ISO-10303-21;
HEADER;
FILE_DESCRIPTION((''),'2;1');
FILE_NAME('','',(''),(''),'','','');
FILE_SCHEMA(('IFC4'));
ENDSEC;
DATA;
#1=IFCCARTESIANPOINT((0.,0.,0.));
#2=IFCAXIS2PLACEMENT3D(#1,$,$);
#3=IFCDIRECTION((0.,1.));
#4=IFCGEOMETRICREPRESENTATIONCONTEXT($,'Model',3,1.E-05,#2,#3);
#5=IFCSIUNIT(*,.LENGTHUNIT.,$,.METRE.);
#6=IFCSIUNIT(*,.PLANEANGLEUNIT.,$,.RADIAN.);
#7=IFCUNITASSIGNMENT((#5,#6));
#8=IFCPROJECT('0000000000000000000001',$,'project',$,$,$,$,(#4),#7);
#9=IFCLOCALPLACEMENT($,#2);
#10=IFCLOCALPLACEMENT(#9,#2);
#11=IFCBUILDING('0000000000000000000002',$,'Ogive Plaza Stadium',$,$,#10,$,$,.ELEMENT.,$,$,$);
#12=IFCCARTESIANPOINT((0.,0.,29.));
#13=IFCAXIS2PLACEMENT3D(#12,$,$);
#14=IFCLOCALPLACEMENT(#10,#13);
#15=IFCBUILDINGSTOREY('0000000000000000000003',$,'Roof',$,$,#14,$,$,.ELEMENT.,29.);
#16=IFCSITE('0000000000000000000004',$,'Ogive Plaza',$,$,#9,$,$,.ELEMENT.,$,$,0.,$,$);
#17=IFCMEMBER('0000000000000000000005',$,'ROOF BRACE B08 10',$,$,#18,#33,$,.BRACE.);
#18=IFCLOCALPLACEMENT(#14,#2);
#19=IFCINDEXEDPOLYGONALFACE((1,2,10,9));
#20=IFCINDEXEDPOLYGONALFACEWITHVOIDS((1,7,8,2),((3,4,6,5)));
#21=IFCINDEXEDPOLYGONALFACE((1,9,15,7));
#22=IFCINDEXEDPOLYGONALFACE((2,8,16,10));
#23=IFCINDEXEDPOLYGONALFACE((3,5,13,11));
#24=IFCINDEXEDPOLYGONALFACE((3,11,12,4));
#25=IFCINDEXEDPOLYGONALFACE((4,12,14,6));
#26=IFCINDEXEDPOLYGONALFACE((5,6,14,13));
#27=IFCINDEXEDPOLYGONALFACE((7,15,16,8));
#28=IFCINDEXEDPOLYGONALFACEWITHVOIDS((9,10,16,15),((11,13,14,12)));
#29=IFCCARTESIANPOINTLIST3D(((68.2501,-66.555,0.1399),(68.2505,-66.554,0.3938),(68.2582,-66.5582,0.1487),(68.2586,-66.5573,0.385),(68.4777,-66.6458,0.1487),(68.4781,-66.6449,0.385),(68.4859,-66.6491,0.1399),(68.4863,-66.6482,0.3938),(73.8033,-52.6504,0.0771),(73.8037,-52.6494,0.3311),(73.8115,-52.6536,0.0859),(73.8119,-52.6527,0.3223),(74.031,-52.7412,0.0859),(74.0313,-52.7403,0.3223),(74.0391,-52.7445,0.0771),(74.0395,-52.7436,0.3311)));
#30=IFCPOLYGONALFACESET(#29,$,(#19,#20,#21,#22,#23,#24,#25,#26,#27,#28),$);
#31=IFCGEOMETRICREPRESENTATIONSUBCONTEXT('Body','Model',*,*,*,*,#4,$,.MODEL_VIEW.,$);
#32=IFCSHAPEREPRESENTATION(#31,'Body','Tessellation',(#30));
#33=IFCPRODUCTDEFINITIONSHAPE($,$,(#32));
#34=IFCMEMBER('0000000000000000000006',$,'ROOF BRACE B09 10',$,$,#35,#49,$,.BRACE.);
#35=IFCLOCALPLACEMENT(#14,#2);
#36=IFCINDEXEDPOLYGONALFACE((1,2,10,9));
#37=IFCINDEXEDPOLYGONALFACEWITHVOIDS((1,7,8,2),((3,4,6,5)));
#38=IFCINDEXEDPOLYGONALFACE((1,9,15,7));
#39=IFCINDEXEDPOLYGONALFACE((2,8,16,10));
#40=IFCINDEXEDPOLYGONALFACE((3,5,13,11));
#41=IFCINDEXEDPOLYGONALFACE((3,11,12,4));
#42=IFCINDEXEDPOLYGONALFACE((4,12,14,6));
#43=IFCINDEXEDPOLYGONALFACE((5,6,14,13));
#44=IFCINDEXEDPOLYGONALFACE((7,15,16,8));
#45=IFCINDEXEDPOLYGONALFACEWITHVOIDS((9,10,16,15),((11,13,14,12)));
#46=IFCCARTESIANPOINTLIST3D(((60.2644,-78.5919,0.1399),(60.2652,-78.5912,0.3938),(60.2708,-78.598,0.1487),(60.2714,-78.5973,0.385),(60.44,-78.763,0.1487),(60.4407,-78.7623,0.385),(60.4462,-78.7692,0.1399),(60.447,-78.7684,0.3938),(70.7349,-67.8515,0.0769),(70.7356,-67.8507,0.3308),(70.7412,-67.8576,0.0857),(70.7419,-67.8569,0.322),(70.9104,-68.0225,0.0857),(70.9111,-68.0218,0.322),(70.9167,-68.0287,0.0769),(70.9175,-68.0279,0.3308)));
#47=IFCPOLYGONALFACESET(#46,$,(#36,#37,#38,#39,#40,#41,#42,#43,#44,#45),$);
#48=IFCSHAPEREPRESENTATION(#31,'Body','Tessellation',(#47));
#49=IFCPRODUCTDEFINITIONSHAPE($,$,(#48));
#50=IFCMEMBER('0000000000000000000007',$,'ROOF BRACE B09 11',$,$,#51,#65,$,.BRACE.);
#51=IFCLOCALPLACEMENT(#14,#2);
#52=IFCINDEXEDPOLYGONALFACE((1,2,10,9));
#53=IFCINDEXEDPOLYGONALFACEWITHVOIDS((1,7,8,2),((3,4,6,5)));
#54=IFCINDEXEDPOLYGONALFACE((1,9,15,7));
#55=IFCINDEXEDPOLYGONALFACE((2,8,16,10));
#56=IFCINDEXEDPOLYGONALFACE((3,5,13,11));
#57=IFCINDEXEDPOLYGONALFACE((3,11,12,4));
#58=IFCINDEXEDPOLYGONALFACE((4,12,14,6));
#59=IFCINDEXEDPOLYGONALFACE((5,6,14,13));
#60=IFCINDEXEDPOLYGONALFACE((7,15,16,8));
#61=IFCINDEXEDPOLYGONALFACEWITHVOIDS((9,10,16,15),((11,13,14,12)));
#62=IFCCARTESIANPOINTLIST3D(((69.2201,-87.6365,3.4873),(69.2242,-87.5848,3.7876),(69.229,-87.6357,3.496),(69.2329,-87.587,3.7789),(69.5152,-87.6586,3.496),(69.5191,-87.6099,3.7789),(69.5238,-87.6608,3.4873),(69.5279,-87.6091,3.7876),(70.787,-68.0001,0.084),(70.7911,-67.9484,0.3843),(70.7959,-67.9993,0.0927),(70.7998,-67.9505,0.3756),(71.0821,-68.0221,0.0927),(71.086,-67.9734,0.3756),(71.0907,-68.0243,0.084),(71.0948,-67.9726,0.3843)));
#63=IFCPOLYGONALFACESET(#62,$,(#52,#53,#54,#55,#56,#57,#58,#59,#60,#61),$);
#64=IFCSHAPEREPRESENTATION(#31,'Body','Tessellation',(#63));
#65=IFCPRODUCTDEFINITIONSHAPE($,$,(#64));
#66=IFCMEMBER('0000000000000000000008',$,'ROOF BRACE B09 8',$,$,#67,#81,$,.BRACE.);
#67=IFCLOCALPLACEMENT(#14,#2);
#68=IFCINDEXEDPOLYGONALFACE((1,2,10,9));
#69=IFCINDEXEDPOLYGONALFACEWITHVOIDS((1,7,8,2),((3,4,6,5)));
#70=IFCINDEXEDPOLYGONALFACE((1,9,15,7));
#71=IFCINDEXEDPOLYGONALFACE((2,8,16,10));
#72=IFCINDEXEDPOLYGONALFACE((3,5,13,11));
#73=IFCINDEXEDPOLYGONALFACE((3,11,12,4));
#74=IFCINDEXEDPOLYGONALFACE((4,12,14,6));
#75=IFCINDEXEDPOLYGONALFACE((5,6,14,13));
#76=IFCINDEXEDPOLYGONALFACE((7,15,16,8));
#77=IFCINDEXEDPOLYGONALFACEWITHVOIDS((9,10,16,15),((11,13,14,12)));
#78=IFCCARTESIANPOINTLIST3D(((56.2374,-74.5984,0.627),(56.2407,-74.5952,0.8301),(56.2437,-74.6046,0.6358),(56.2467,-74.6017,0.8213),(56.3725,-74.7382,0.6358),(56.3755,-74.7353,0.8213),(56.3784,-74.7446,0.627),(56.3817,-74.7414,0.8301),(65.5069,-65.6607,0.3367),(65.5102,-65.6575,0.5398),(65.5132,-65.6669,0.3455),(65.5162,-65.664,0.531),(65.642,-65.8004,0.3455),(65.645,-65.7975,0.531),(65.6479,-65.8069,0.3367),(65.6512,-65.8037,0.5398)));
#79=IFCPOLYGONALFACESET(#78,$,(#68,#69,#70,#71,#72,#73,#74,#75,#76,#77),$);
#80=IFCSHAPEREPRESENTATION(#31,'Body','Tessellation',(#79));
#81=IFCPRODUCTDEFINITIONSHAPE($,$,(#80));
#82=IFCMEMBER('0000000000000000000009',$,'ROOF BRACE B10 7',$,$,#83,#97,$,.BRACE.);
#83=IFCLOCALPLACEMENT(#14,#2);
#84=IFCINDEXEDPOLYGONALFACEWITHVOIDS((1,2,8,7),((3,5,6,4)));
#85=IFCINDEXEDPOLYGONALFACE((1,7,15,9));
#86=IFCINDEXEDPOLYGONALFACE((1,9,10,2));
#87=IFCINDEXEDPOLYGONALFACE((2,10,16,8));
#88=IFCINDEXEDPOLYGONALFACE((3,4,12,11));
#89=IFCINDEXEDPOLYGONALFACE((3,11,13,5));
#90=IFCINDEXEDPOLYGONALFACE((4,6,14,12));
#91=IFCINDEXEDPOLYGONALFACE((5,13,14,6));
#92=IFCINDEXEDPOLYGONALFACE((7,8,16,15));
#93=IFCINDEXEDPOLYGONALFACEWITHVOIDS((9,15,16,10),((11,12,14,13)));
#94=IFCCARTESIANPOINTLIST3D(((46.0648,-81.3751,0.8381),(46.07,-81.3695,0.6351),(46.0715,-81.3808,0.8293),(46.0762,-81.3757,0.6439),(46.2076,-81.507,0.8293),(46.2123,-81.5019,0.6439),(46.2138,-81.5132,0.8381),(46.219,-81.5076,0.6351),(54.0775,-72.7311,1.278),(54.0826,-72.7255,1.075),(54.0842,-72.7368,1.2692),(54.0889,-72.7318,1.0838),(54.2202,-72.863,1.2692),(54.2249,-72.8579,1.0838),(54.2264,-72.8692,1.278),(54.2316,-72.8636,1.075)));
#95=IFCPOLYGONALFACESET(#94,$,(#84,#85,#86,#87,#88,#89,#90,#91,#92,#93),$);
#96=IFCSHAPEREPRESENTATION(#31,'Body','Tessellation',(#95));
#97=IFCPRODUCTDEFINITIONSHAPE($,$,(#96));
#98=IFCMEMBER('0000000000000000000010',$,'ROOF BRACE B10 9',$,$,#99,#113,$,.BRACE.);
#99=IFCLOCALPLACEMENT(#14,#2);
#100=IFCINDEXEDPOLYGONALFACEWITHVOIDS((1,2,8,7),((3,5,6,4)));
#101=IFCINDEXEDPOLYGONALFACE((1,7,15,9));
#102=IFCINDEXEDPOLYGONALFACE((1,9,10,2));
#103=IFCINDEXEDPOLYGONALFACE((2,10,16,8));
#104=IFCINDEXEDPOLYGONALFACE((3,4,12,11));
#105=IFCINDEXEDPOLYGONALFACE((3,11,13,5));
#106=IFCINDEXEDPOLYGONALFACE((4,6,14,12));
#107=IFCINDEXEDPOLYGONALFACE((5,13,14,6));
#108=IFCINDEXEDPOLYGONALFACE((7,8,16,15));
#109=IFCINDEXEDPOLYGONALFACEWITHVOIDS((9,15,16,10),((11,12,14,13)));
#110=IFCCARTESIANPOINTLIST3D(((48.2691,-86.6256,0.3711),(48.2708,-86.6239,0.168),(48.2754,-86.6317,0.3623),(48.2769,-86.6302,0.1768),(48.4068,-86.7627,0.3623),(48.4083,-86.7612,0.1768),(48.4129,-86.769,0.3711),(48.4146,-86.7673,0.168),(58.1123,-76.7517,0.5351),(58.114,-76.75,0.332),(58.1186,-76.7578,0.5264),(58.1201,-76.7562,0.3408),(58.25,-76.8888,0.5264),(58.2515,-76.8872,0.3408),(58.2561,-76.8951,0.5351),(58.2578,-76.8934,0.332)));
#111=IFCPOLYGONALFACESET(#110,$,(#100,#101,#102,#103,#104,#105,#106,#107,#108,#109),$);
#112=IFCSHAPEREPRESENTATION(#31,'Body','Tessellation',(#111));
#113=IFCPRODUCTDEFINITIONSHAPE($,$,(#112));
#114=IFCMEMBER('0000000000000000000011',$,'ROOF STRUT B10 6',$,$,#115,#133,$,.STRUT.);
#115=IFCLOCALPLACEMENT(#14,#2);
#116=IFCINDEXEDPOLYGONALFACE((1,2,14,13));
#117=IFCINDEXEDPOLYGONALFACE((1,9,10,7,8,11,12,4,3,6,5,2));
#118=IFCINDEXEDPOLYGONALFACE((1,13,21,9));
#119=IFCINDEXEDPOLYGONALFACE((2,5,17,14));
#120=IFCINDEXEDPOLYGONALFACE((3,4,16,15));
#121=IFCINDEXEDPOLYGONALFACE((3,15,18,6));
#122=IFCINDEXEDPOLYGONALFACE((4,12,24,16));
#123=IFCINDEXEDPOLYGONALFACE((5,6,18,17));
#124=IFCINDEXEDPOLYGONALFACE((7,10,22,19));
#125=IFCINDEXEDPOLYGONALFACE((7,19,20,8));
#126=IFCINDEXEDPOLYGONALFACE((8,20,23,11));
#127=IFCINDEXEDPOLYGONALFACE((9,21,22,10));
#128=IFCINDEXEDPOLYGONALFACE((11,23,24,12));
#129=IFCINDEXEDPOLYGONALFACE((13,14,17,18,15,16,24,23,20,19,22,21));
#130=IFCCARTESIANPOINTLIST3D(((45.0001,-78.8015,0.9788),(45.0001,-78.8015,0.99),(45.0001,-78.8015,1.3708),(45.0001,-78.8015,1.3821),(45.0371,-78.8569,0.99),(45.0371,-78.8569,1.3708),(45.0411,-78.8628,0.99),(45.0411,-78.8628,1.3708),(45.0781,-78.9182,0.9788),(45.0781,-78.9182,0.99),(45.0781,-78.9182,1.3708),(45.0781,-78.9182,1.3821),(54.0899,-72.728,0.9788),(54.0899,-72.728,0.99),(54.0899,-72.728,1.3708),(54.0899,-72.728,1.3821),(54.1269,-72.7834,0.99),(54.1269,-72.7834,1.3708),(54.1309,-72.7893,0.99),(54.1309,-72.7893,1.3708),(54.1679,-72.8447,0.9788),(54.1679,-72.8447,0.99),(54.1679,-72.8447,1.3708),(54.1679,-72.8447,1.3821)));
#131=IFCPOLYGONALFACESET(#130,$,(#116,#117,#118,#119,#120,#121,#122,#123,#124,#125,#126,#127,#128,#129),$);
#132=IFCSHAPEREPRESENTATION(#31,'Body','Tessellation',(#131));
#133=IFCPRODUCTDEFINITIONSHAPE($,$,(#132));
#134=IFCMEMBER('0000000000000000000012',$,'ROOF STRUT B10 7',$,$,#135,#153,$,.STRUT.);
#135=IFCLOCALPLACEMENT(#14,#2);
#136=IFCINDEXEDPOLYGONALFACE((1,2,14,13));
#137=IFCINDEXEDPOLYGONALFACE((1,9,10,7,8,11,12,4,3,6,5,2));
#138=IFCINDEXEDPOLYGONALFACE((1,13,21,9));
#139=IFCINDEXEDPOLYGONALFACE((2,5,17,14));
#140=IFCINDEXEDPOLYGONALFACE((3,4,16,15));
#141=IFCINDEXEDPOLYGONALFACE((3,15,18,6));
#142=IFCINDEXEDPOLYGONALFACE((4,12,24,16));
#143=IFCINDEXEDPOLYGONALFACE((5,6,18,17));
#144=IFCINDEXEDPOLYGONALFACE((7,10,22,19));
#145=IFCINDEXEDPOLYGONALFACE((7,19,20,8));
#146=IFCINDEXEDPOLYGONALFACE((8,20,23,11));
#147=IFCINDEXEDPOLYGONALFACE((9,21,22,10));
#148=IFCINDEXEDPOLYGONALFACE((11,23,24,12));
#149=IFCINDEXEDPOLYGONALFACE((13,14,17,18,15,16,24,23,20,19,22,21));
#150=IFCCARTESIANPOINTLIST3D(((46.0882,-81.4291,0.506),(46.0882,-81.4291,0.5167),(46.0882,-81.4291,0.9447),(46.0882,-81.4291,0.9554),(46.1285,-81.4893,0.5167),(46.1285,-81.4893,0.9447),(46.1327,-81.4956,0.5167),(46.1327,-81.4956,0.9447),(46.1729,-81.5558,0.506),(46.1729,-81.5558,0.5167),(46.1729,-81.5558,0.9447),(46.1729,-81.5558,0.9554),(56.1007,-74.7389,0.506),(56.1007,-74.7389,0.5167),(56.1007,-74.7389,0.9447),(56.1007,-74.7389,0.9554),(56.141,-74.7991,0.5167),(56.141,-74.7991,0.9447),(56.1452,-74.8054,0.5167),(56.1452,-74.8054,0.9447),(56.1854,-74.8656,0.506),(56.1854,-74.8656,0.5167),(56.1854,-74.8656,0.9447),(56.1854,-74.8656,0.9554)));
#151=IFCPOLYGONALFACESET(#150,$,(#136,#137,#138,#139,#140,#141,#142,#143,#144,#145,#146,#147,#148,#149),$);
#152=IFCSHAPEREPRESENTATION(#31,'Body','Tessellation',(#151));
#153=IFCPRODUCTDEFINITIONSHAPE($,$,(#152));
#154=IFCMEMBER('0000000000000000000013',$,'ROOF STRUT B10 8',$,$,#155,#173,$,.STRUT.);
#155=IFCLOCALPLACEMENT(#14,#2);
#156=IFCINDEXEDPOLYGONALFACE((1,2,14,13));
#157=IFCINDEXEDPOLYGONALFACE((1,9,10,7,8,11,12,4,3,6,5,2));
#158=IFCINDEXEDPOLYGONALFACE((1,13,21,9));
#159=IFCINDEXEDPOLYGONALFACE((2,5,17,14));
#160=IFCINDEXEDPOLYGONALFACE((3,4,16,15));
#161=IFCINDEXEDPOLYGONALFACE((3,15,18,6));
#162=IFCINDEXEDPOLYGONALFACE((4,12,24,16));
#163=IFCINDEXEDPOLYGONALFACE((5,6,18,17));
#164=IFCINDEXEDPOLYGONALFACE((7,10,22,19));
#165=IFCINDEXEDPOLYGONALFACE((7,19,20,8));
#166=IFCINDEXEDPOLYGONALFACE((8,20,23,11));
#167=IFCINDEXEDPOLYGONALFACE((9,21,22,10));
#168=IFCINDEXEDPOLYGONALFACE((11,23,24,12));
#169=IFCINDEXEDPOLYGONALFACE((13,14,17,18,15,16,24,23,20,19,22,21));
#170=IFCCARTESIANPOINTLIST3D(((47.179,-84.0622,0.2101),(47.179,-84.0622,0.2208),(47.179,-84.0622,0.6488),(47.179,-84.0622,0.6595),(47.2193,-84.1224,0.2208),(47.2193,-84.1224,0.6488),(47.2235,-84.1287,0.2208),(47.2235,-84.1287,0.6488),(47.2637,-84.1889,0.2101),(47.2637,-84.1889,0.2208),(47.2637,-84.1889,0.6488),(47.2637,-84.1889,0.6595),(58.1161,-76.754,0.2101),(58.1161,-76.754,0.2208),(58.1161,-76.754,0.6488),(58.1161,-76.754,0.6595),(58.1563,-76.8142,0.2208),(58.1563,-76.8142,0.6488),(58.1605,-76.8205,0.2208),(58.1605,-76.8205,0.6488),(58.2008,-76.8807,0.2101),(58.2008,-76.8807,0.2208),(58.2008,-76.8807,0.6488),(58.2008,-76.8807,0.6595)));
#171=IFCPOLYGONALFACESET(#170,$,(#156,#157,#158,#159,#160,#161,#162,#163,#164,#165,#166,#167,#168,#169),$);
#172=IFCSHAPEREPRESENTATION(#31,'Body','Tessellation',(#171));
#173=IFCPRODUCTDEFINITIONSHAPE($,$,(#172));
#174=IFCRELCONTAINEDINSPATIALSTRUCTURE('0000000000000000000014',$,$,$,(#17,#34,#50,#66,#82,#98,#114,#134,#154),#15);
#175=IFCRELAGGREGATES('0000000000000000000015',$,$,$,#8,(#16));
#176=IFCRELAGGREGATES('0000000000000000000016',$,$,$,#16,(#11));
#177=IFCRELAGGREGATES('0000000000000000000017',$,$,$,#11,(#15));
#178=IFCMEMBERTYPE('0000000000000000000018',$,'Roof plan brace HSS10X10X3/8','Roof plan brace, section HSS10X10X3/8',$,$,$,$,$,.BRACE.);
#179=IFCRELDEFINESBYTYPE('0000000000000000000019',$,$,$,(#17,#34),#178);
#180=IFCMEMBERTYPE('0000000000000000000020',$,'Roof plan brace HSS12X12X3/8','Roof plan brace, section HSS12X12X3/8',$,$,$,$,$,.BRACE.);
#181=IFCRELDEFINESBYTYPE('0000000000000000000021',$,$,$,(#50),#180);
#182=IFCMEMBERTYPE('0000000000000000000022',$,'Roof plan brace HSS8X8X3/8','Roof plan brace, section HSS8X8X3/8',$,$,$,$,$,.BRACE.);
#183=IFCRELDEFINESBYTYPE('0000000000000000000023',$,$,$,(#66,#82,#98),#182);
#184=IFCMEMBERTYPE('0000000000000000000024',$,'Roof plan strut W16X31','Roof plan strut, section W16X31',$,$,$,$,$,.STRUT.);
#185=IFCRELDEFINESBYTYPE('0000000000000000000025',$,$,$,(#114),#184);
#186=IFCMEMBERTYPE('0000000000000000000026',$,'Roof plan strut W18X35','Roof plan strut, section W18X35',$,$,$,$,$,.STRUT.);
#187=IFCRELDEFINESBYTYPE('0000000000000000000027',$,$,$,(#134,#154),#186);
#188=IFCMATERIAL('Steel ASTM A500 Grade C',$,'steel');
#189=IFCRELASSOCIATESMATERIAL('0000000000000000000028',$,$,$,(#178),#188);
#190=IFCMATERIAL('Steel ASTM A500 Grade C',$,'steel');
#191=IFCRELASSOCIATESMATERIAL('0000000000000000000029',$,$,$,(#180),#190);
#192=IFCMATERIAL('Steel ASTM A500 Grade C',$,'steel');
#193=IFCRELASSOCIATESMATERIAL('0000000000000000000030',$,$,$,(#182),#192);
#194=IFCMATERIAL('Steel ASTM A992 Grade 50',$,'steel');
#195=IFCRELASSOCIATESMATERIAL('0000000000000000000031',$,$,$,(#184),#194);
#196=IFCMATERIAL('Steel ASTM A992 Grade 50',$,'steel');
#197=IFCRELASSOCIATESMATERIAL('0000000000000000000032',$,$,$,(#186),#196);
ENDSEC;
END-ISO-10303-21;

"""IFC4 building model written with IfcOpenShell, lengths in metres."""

from ifc_helpers import new_model, si_unit, direction, frame, origin, origin_2d, place, context, subcontext, project, spatial, hollow_rectangle, i_section, extrude, material, material_profile, profile_set, type_object, element, save


model = new_model("IFC4")

# Units and contexts
model_context = context("Model", 3, precision=1e-05, world=origin(), true_north=direction((0.0, 1.0)))
body_context = subcontext(model_context, "Body", "Model", "MODEL_VIEW")
ifc_project = project(units=[si_unit("LENGTHUNIT", "METRE"), si_unit("PLANEANGLEUNIT", "RADIAN")], contexts=[model_context])

# Site, building, storey
site_placement = place(None, origin())
site = spatial("IfcSite", under=ifc_project, at=site_placement, Name="Ogive Plaza", CompositionType="ELEMENT", RefElevation=0.0)
building_placement = place(site_placement, origin())
building = spatial("IfcBuilding", under=site, at=building_placement, Name="Ogive Plaza Stadium", CompositionType="ELEMENT")
storey_placement = place(building_placement, frame((0.0, 0.0, 29.0)))
storey = spatial("IfcBuildingStorey", under=building, at=storey_placement, Name="Roof", CompositionType="ELEMENT", Elevation=29.0)

# Members
ifc_material_1 = material(Name="Steel ASTM A500 Grade C", Category="steel")
ifc_material_profile_1 = material_profile(ifc_material_1, hollow_rectangle(XDim=0.2539, YDim=0.2539, WallThickness=0.0088, at=origin_2d()), Name="HSS10X10X3/8")
ifc_profile_set_1 = profile_set([ifc_material_profile_1], Name="Steel ASTM A500 Grade C")
member_type_1 = type_object("IfcMemberType", Name="Roof plan brace HSS10X10X3/8", Description="Roof plan brace, section HSS10X10X3/8", PredefinedType="BRACE", material=ifc_profile_set_1)
member_1_placement = place(storey_placement, frame((68.3682, -66.6016, 0.2668), z_axis=(0.370893, 0.928666, -0.004191), x_axis=(-0.928674, 0.370896, 0.0)))
element("IfcMember", 1, at=member_1_placement, inside=storey, type_object=member_type_1, Name="ROOF BRACE B08 10", PredefinedType="BRACE", context=body_context, shape_type="SweptSolid", body=[
    extrude(hollow_rectangle(XDim=0.2539, YDim=0.2539, WallThickness=0.0088, at=origin_2d()), origin(), (0.0, 0.0, 1.0), 14.9727),
])
member_2_placement = place(storey_placement, frame((60.3557, -78.6802, 0.2668), z_axis=(0.698042, 0.716044, -0.004199), x_axis=(-0.71605, 0.698049, 0.0)))
element("IfcMember", 2, at=member_2_placement, inside=storey, type_object=member_type_1, Name="ROOF BRACE B09 10", PredefinedType="BRACE", context=body_context, shape_type="SweptSolid", body=[
    extrude(hollow_rectangle(XDim=0.2539, YDim=0.2539, WallThickness=0.0088, at=origin_2d()), origin(), (0.0, 0.0, 1.0), 14.9998),
])
ifc_material_2 = material(Name="Steel ASTM A500 Grade C", Category="steel")
ifc_material_profile_2 = material_profile(ifc_material_2, hollow_rectangle(XDim=0.3047, YDim=0.3047, WallThickness=0.0088, at=origin_2d()), Name="HSS12X12X3/8")
ifc_profile_set_2 = profile_set([ifc_material_profile_2], Name="Steel ASTM A500 Grade C")
member_type_2 = type_object("IfcMemberType", Name="Roof plan brace HSS12X12X3/8", Description="Roof plan brace, section HSS12X12X3/8", PredefinedType="BRACE", material=ifc_profile_set_2)
member_3_placement = place(storey_placement, frame((70.9409, -67.9863, 0.2341), z_axis=(-0.078381, -0.98228, 0.170245), x_axis=(0.996831, -0.079542, 0.0)))
element("IfcMember", 3, at=member_3_placement, inside=storey, type_object=member_type_2, Name="ROOF BRACE B09 11", PredefinedType="BRACE", context=body_context, shape_type="SweptSolid", body=[
    extrude(hollow_rectangle(XDim=0.3047, YDim=0.3047, WallThickness=0.0088, at=origin_2d()), origin(), (0.0, 0.0, 1.0), 19.9907),
])
ifc_material_3 = material(Name="Steel ASTM A500 Grade C", Category="steel")
ifc_material_profile_3 = material_profile(ifc_material_3, hollow_rectangle(XDim=0.2031, YDim=0.2031, WallThickness=0.0088, at=origin_2d()), Name="HSS8X8X3/8")
ifc_profile_set_3 = profile_set([ifc_material_profile_3], Name="Steel ASTM A500 Grade C")
member_type_3 = type_object("IfcMemberType", Name="Roof plan brace HSS8X8X3/8", Description="Roof plan brace, section HSS8X8X3/8", PredefinedType="BRACE", material=ifc_profile_set_3)
member_4_placement = place(storey_placement, frame((56.3096, -74.6699, 0.7285), z_axis=(0.71969, 0.69393, -0.022538), x_axis=(-0.694106, 0.719873, 0.0)))
element("IfcMember", 4, at=member_4_placement, inside=storey, type_object=member_type_3, Name="ROOF BRACE B09 8", PredefinedType="BRACE", context=body_context, shape_type="SweptSolid", body=[
    extrude(hollow_rectangle(XDim=0.2031, YDim=0.2031, WallThickness=0.0088, at=origin_2d()), origin(), (0.0, 0.0, 1.0), 12.8799),
])
member_5_placement = place(storey_placement, frame((54.1545, -72.7974, 1.1765), z_axis=(-0.679344, -0.732872, -0.0373), x_axis=(0.733382, -0.679817, 0.0)))
element("IfcMember", 5, at=member_5_placement, inside=storey, type_object=member_type_3, Name="ROOF BRACE B10 7", PredefinedType="BRACE", context=body_context, shape_type="SweptSolid", body=[
    extrude(hollow_rectangle(XDim=0.2031, YDim=0.2031, WallThickness=0.0088, at=origin_2d()), origin(), (0.0, 0.0, 1.0), 11.7947),
])
member_6_placement = place(storey_placement, frame((58.1851, -76.8225, 0.4336), z_axis=(-0.705954, -0.70816, -0.011766), x_axis=(0.708209, -0.706003, 0.0)))
element("IfcMember", 6, at=member_6_placement, inside=storey, type_object=member_type_3, Name="ROOF BRACE B10 9", PredefinedType="BRACE", context=body_context, shape_type="SweptSolid", body=[
    extrude(hollow_rectangle(XDim=0.2031, YDim=0.2031, WallThickness=0.0088, at=origin_2d()), origin(), (0.0, 0.0, 1.0), 13.9431),
])
ifc_material_4 = material(Name="Steel ASTM A992 Grade 50", Category="steel")
ifc_material_profile_4 = material_profile(ifc_material_4, i_section(OverallWidth=0.1404, OverallDepth=0.4033, WebThickness=0.0071, FlangeThickness=0.0112, at=origin_2d()), Name="W16X31")
ifc_profile_set_4 = profile_set([ifc_material_profile_4], Name="Steel ASTM A992 Grade 50")
member_type_4 = type_object("IfcMemberType", Name="Roof plan strut W16X31", Description="Roof plan strut, section W16X31", PredefinedType="STRUT", material=ifc_profile_set_4)
member_7_placement = place(storey_placement, frame((54.1289, -72.7864, 1.1804), z_axis=(-0.831476, -0.555561, 0.0), x_axis=(0.555561, -0.831476, 0.0)))
element("IfcMember", 7, at=member_7_placement, inside=storey, type_object=member_type_4, Name="ROOF STRUT B10 6", PredefinedType="STRUT", context=body_context, shape_type="SweptSolid", body=[
    extrude(i_section(OverallWidth=0.1404, OverallDepth=0.4033, WebThickness=0.0071, FlangeThickness=0.0112, at=origin_2d()), origin(), (0.0, 0.0, 1.0), 10.9321),
])
ifc_material_5 = material(Name="Steel ASTM A992 Grade 50", Category="steel")
ifc_material_profile_5 = material_profile(ifc_material_5, i_section(OverallWidth=0.1523, OverallDepth=0.4495, WebThickness=0.0076, FlangeThickness=0.0107, at=origin_2d()), Name="W18X35")
ifc_profile_set_5 = profile_set([ifc_material_profile_5], Name="Steel ASTM A992 Grade 50")
member_type_5 = type_object("IfcMemberType", Name="Roof plan strut W18X35", Description="Roof plan strut, section W18X35", PredefinedType="STRUT", material=ifc_profile_set_5)
member_8_placement = place(storey_placement, frame((56.1431, -74.8022, 0.7307), z_axis=(-0.831467, -0.555575, 0.0), x_axis=(0.555575, -0.831467, 0.0)))
element("IfcMember", 8, at=member_8_placement, inside=storey, type_object=member_type_5, Name="ROOF STRUT B10 7", PredefinedType="STRUT", context=body_context, shape_type="SweptSolid", body=[
    extrude(i_section(OverallWidth=0.1523, OverallDepth=0.4495, WebThickness=0.0076, FlangeThickness=0.0107, at=origin_2d()), origin(), (0.0, 0.0, 1.0), 12.042),
])
member_9_placement = place(storey_placement, frame((58.1584, -76.8174, 0.4348), z_axis=(-0.831462, -0.555582, 0.0), x_axis=(0.555582, -0.831462, 0.0)))
element("IfcMember", 9, at=member_9_placement, inside=storey, type_object=member_type_5, Name="ROOF STRUT B10 8", PredefinedType="STRUT", context=body_context, shape_type="SweptSolid", body=[
    extrude(i_section(OverallWidth=0.1523, OverallDepth=0.4495, WebThickness=0.0076, FlangeThickness=0.0107, at=origin_2d()), origin(), (0.0, 0.0, 1.0), 13.1541),
])

save(model, "model.ifc")
